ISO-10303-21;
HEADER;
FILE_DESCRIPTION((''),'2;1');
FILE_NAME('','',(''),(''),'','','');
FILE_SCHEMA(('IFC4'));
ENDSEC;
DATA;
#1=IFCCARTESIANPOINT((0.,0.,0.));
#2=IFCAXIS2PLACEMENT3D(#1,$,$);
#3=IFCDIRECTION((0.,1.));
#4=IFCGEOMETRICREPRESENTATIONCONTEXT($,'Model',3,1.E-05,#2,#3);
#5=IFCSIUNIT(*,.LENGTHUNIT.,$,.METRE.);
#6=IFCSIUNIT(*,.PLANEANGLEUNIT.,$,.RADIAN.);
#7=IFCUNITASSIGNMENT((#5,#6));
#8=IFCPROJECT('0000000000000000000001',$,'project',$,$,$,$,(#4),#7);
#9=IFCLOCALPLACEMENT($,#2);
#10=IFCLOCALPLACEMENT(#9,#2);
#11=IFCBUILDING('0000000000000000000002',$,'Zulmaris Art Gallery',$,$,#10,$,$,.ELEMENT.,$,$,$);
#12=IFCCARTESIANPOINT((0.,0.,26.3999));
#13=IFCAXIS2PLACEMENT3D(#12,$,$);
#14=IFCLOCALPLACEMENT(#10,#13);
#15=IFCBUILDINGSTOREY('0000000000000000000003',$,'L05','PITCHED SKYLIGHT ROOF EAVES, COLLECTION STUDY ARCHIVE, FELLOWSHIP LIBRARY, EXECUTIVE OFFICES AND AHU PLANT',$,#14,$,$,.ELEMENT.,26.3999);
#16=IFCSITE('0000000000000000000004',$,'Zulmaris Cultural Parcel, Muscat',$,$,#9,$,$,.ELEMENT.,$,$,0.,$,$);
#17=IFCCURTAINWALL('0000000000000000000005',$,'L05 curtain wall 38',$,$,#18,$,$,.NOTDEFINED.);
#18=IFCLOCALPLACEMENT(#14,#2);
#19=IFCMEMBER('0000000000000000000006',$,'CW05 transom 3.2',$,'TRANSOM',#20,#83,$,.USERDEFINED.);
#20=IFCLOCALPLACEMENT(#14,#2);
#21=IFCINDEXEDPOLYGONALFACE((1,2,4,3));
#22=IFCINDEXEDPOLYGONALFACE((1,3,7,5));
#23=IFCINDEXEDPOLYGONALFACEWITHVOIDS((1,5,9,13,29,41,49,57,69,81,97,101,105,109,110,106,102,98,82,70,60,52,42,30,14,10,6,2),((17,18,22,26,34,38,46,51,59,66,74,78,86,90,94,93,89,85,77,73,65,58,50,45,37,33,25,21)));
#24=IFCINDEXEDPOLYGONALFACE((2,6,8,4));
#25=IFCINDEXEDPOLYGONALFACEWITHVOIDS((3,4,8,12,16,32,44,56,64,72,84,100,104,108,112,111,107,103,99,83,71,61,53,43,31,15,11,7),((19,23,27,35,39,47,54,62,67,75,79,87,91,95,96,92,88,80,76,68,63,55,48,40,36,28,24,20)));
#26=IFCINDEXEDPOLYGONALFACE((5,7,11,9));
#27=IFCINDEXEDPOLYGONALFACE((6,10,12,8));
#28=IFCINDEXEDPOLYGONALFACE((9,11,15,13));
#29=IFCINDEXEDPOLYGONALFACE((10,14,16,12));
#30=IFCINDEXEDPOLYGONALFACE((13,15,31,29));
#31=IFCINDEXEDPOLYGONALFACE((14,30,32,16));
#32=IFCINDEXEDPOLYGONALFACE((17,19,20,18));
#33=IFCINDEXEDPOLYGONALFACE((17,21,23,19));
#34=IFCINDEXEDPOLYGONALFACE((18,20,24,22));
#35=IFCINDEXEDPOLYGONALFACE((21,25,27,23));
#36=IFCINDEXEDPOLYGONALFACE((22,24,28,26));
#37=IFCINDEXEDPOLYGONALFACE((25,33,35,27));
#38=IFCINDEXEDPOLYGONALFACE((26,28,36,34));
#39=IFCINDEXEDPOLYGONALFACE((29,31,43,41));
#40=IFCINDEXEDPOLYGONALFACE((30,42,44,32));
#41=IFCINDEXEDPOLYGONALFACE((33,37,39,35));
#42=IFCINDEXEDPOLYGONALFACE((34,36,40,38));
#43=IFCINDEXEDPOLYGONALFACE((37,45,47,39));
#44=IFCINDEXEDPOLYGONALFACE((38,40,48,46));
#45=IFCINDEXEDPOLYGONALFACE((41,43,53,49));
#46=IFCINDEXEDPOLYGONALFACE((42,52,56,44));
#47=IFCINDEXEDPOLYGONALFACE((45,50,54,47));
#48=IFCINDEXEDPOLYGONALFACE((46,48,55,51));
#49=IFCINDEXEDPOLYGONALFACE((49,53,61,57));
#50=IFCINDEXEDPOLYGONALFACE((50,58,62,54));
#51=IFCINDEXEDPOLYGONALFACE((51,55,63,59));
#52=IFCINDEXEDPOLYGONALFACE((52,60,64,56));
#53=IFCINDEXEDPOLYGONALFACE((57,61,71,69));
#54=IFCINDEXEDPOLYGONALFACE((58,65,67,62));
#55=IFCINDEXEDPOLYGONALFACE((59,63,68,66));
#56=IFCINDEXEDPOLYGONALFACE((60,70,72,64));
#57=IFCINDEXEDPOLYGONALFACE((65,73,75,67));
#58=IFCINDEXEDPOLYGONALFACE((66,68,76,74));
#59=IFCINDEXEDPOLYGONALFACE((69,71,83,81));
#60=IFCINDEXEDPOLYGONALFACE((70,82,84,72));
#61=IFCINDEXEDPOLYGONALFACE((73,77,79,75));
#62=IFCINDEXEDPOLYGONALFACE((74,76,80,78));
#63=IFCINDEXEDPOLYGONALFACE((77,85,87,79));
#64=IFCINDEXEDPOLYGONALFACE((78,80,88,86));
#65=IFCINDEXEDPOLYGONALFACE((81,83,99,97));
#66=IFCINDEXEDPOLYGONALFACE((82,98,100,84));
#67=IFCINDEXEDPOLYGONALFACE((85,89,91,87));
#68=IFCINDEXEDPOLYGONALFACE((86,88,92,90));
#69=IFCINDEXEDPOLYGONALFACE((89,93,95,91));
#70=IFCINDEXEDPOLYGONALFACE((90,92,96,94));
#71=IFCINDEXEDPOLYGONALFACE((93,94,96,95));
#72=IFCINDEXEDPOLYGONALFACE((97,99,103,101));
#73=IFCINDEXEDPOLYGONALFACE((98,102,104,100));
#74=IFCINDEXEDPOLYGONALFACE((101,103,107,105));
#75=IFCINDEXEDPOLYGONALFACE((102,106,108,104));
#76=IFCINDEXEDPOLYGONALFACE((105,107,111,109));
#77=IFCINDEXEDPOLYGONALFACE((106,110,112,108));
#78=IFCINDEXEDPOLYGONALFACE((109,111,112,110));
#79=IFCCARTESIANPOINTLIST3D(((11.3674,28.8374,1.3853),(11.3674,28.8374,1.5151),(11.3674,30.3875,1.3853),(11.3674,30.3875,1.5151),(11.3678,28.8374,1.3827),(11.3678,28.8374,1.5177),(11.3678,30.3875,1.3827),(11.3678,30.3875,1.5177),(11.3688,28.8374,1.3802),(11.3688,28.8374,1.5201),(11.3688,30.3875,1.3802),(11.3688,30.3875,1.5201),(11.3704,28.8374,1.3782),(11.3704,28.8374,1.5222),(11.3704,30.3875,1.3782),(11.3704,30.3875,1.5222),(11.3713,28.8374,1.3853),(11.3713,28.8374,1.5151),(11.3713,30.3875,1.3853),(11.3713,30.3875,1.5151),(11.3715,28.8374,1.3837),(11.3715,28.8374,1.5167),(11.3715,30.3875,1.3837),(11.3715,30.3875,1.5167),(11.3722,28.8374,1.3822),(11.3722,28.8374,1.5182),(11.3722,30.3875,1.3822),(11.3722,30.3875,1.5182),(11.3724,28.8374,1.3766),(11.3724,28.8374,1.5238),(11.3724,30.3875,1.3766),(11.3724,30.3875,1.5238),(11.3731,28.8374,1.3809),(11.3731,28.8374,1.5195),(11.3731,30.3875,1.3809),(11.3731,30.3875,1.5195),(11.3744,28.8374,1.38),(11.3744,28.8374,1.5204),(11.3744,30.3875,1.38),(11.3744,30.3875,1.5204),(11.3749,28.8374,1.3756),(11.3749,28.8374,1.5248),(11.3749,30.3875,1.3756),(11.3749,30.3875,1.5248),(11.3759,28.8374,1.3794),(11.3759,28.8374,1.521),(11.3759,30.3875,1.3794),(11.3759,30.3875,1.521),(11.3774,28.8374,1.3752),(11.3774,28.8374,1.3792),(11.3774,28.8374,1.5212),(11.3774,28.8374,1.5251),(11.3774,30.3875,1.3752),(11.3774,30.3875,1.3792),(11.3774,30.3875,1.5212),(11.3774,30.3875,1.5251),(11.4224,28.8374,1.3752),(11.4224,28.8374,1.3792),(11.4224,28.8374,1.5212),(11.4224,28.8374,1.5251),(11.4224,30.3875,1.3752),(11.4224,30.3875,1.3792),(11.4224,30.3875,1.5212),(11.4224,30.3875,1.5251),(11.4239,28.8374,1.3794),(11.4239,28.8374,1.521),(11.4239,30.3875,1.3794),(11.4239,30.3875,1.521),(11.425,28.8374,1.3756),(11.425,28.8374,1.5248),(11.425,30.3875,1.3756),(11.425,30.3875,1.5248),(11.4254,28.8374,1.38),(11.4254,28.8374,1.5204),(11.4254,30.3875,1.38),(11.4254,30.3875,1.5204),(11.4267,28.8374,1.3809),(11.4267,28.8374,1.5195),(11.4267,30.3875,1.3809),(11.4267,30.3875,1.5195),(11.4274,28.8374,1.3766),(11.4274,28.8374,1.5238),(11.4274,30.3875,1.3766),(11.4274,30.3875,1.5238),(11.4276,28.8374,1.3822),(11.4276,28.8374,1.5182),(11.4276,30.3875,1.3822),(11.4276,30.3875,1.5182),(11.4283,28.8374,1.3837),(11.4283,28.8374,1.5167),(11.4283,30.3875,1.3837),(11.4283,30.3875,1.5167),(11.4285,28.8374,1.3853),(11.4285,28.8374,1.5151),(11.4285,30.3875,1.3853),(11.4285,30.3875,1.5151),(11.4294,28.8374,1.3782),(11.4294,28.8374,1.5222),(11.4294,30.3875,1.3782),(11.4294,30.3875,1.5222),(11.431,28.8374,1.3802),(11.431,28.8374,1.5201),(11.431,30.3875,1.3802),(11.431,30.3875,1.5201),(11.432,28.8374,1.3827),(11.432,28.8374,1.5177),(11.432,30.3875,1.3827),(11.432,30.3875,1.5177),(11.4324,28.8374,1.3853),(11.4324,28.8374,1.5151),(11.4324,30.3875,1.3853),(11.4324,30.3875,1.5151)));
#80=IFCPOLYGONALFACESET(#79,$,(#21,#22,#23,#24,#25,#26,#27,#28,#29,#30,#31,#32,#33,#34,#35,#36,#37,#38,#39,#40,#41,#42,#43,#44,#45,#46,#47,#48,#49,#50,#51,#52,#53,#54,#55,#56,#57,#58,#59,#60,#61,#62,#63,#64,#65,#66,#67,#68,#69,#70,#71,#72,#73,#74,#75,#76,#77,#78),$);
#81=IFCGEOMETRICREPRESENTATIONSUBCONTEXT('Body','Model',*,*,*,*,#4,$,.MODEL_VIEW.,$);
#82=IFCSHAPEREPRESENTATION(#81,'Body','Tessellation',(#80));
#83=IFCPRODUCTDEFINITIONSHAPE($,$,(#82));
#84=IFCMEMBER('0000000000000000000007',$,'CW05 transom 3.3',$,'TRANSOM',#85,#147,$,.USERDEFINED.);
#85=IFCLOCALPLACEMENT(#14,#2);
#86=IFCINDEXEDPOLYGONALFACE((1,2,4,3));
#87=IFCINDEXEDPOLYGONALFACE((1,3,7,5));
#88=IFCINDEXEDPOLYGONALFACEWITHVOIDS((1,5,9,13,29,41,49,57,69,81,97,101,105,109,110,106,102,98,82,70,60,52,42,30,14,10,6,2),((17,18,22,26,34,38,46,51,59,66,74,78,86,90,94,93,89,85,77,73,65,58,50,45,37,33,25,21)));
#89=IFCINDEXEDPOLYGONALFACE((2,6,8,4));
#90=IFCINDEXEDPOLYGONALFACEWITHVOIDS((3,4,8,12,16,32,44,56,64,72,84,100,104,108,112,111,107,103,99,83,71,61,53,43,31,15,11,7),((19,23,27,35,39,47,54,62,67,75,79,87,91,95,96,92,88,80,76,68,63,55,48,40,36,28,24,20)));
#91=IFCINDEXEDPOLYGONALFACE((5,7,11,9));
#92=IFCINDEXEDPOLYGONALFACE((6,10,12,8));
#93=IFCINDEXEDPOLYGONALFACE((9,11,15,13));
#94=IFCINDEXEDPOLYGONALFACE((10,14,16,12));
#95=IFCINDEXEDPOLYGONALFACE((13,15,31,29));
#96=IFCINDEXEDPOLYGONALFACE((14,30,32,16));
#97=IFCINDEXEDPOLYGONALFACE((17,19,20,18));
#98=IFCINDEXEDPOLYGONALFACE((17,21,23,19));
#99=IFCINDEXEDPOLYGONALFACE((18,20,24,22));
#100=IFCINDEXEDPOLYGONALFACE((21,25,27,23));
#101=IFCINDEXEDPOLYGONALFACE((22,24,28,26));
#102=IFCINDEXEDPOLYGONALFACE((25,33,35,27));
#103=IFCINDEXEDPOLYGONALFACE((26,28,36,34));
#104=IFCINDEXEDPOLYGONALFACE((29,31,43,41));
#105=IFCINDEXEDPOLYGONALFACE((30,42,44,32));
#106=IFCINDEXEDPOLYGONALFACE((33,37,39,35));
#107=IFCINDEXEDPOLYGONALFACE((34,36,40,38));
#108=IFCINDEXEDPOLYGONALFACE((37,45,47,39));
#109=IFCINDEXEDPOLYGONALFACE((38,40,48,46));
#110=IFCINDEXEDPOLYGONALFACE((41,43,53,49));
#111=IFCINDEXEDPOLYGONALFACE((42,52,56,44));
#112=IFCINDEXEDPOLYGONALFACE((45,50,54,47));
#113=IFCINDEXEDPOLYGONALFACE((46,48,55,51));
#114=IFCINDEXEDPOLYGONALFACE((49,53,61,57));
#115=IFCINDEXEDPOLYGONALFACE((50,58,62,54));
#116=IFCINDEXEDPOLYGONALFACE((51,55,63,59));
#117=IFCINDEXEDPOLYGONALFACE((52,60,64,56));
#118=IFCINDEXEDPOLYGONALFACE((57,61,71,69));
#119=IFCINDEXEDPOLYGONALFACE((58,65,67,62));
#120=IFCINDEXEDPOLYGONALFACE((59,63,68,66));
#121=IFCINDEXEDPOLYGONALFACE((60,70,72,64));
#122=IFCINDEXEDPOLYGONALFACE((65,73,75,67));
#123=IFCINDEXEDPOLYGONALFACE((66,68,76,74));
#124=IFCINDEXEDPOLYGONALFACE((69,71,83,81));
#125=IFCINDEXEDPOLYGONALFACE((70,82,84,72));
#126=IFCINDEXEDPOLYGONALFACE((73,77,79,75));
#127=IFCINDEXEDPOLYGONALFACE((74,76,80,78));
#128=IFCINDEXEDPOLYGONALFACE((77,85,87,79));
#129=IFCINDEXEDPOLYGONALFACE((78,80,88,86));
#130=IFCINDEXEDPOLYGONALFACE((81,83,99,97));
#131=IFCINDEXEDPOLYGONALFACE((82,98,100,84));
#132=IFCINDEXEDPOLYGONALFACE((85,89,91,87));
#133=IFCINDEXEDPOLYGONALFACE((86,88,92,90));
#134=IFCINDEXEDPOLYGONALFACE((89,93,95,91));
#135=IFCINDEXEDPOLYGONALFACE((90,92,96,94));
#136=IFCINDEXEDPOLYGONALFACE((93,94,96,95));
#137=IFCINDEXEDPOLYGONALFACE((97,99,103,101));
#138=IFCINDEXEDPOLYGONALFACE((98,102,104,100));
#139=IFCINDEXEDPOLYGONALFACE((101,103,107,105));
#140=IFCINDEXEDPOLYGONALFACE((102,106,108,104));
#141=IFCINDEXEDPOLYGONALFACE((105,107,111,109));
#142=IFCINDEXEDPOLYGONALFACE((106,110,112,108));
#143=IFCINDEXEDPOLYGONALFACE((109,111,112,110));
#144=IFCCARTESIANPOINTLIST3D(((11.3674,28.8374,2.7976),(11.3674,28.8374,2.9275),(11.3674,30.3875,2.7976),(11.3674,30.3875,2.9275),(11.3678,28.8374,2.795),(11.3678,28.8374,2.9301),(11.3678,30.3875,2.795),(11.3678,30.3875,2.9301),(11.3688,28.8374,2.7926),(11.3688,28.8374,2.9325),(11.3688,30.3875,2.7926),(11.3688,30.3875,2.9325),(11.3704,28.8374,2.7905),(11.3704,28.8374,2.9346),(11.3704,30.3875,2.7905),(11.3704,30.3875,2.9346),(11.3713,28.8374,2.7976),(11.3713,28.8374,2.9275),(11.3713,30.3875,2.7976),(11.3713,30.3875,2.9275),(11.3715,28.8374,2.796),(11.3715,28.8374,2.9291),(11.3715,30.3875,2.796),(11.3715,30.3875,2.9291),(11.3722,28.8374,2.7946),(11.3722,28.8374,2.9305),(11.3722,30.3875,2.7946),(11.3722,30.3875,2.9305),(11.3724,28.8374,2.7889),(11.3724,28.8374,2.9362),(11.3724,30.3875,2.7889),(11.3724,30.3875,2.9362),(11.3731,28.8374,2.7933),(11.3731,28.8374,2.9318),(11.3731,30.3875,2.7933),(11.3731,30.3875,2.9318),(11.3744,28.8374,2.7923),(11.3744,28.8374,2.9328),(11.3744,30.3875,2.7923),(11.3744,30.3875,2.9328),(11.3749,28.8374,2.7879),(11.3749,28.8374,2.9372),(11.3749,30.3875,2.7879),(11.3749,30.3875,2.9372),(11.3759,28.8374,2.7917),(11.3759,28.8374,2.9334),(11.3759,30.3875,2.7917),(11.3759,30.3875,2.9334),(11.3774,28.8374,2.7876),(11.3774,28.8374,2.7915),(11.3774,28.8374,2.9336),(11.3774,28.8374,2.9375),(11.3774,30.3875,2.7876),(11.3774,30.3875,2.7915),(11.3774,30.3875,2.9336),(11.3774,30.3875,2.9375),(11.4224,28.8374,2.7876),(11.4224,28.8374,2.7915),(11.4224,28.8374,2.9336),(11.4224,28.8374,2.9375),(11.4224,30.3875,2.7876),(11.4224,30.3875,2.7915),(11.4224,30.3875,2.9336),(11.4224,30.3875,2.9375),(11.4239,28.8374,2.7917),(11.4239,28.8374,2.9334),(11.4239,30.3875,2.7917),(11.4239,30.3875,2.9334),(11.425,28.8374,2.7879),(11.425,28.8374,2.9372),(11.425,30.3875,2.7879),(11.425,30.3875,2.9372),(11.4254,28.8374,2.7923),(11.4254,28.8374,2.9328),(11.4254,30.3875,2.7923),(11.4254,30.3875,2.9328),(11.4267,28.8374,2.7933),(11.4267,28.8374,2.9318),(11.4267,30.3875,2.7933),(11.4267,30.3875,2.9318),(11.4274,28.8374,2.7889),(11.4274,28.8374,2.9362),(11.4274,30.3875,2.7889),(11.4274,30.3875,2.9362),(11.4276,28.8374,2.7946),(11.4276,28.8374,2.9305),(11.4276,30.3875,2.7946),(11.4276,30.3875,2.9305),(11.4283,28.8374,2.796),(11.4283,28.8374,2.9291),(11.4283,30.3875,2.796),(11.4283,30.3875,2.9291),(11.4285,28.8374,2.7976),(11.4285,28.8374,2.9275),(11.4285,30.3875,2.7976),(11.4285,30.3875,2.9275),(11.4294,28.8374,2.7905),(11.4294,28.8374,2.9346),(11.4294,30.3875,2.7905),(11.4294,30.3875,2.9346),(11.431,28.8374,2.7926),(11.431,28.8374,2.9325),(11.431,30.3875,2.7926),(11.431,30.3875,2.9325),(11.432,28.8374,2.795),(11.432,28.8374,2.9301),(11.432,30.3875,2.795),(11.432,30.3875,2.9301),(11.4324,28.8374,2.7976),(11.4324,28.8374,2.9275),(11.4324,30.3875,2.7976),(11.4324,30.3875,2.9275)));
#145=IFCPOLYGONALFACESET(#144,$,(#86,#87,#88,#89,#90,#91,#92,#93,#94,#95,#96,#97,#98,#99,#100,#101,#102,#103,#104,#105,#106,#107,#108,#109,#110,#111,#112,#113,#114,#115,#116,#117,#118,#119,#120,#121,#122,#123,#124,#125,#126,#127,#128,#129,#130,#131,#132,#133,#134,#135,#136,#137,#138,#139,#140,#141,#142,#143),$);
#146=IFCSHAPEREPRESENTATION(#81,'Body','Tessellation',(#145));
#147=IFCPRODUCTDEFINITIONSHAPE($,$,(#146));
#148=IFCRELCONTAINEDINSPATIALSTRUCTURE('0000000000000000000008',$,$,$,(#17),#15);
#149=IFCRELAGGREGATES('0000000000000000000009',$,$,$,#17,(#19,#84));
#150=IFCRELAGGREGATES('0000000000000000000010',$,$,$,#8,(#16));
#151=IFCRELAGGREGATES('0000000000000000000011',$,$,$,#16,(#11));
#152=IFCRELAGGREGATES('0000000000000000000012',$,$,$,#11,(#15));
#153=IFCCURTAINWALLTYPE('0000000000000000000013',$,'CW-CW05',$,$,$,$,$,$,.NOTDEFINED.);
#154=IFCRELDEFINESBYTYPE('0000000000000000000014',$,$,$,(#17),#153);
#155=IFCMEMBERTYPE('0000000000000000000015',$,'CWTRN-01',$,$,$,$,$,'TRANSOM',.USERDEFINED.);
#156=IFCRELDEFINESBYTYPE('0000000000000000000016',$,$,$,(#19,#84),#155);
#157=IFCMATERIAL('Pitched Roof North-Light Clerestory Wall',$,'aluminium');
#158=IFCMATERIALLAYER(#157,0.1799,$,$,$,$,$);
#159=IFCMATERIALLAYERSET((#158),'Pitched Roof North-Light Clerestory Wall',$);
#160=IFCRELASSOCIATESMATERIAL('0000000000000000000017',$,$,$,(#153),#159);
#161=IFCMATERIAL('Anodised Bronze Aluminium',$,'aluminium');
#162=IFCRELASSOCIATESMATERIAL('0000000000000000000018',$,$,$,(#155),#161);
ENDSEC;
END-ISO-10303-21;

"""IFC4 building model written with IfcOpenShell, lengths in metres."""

from ifc_helpers import new_model, si_unit, direction, frame, origin, origin_2d, place, context, subcontext, project, spatial, hollow_rectangle, extrude, material, layer, layer_set, material_profile, profile_set, type_object, element, aggregate, save


model = new_model("IFC4")

# Units and contexts
model_context = context("Model", 3, precision=1e-05, world=origin(), true_north=direction((0.0, 1.0)))
body_context = subcontext(model_context, "Body", "Model", "MODEL_VIEW")
ifc_project = project(units=[si_unit("LENGTHUNIT", "METRE"), si_unit("PLANEANGLEUNIT", "RADIAN")], contexts=[model_context])

# Site, building, storey
site_placement = place(None, origin())
site = spatial("IfcSite", under=ifc_project, at=site_placement, Name="Zulmaris Cultural Parcel, Muscat", CompositionType="ELEMENT", RefElevation=0.0)
building_placement = place(site_placement, origin())
building = spatial("IfcBuilding", under=site, at=building_placement, Name="Zulmaris Art Gallery", CompositionType="ELEMENT")
storey_placement = place(building_placement, frame((0.0, 0.0, 26.3999)))
storey = spatial("IfcBuildingStorey", under=building, at=storey_placement, Name="L05", Description="PITCHED SKYLIGHT ROOF EAVES, COLLECTION STUDY ARCHIVE, FELLOWSHIP LIBRARY, EXECUTIVE OFFICES AND AHU PLANT", CompositionType="ELEMENT", Elevation=26.3999)

# Curtain wall
ifc_material_1 = material(Name="Pitched Roof North-Light Clerestory Wall", Category="aluminium")
ifc_layer_1 = layer(ifc_material_1, 0.1799)
ifc_layer_set_1 = layer_set([ifc_layer_1], Name="Pitched Roof North-Light Clerestory Wall")
curtain_wall_type = type_object("IfcCurtainWallType", Name="CW-CW05", PredefinedType="NOTDEFINED", material=ifc_layer_set_1)
curtain_wall_1_placement = place(storey_placement, origin())
curtain_wall_1 = element("IfcCurtainWall", 1, at=curtain_wall_1_placement, inside=storey, type_object=curtain_wall_type, Name="L05 curtain wall 38", PredefinedType="NOTDEFINED")
ifc_material_2 = material(Name="Anodised Bronze Aluminium", Category="aluminium")

# Members
ifc_material_profile_1 = material_profile(ifc_material_2, hollow_rectangle(XDim=0.0649, YDim=0.1499, WallThickness=0.0039, InnerFilletRadius=0.0061, OuterFilletRadius=0.01, at=origin_2d()), Name="ALU 65x150x4")
ifc_profile_set_1 = profile_set([ifc_material_profile_1], Name="Anodised Bronze Aluminium")
member_type_1 = type_object("IfcMemberType", Name="CWTRN-01", ElementType="TRANSOM", PredefinedType="USERDEFINED", material=ifc_profile_set_1)
member_1_placement = place(storey_placement, frame((11.3999, 28.8374, 1.4502), z_axis=(0.0, 1.0, 0.0), x_axis=(-1.0, 0.0, 0.0)))
member_1 = element("IfcMember", 2, at=member_1_placement, type_object=member_type_1, Name="CW05 transom 3.2", ObjectType="TRANSOM", PredefinedType="USERDEFINED", context=body_context, shape_type="SweptSolid", body=[
    extrude(hollow_rectangle(XDim=0.0649, YDim=0.1499, WallThickness=0.0039, InnerFilletRadius=0.0061, OuterFilletRadius=0.01, at=origin_2d()), origin(), (0.0, 0.0, 1.0), 1.55),
])
member_2_placement = place(storey_placement, frame((11.3999, 28.8374, 2.8625), z_axis=(0.0, 1.0, 0.0), x_axis=(-1.0, 0.0, 0.0)))
member_2 = element("IfcMember", 3, at=member_2_placement, type_object=member_type_1, Name="CW05 transom 3.3", ObjectType="TRANSOM", PredefinedType="USERDEFINED", context=body_context, shape_type="SweptSolid", body=[
    extrude(hollow_rectangle(XDim=0.0649, YDim=0.1499, WallThickness=0.0039, InnerFilletRadius=0.0061, OuterFilletRadius=0.01, at=origin_2d()), origin(), (0.0, 0.0, 1.0), 1.55),
])

aggregate(curtain_wall_1, [member_1, member_2])

save(model, "model.ifc")
